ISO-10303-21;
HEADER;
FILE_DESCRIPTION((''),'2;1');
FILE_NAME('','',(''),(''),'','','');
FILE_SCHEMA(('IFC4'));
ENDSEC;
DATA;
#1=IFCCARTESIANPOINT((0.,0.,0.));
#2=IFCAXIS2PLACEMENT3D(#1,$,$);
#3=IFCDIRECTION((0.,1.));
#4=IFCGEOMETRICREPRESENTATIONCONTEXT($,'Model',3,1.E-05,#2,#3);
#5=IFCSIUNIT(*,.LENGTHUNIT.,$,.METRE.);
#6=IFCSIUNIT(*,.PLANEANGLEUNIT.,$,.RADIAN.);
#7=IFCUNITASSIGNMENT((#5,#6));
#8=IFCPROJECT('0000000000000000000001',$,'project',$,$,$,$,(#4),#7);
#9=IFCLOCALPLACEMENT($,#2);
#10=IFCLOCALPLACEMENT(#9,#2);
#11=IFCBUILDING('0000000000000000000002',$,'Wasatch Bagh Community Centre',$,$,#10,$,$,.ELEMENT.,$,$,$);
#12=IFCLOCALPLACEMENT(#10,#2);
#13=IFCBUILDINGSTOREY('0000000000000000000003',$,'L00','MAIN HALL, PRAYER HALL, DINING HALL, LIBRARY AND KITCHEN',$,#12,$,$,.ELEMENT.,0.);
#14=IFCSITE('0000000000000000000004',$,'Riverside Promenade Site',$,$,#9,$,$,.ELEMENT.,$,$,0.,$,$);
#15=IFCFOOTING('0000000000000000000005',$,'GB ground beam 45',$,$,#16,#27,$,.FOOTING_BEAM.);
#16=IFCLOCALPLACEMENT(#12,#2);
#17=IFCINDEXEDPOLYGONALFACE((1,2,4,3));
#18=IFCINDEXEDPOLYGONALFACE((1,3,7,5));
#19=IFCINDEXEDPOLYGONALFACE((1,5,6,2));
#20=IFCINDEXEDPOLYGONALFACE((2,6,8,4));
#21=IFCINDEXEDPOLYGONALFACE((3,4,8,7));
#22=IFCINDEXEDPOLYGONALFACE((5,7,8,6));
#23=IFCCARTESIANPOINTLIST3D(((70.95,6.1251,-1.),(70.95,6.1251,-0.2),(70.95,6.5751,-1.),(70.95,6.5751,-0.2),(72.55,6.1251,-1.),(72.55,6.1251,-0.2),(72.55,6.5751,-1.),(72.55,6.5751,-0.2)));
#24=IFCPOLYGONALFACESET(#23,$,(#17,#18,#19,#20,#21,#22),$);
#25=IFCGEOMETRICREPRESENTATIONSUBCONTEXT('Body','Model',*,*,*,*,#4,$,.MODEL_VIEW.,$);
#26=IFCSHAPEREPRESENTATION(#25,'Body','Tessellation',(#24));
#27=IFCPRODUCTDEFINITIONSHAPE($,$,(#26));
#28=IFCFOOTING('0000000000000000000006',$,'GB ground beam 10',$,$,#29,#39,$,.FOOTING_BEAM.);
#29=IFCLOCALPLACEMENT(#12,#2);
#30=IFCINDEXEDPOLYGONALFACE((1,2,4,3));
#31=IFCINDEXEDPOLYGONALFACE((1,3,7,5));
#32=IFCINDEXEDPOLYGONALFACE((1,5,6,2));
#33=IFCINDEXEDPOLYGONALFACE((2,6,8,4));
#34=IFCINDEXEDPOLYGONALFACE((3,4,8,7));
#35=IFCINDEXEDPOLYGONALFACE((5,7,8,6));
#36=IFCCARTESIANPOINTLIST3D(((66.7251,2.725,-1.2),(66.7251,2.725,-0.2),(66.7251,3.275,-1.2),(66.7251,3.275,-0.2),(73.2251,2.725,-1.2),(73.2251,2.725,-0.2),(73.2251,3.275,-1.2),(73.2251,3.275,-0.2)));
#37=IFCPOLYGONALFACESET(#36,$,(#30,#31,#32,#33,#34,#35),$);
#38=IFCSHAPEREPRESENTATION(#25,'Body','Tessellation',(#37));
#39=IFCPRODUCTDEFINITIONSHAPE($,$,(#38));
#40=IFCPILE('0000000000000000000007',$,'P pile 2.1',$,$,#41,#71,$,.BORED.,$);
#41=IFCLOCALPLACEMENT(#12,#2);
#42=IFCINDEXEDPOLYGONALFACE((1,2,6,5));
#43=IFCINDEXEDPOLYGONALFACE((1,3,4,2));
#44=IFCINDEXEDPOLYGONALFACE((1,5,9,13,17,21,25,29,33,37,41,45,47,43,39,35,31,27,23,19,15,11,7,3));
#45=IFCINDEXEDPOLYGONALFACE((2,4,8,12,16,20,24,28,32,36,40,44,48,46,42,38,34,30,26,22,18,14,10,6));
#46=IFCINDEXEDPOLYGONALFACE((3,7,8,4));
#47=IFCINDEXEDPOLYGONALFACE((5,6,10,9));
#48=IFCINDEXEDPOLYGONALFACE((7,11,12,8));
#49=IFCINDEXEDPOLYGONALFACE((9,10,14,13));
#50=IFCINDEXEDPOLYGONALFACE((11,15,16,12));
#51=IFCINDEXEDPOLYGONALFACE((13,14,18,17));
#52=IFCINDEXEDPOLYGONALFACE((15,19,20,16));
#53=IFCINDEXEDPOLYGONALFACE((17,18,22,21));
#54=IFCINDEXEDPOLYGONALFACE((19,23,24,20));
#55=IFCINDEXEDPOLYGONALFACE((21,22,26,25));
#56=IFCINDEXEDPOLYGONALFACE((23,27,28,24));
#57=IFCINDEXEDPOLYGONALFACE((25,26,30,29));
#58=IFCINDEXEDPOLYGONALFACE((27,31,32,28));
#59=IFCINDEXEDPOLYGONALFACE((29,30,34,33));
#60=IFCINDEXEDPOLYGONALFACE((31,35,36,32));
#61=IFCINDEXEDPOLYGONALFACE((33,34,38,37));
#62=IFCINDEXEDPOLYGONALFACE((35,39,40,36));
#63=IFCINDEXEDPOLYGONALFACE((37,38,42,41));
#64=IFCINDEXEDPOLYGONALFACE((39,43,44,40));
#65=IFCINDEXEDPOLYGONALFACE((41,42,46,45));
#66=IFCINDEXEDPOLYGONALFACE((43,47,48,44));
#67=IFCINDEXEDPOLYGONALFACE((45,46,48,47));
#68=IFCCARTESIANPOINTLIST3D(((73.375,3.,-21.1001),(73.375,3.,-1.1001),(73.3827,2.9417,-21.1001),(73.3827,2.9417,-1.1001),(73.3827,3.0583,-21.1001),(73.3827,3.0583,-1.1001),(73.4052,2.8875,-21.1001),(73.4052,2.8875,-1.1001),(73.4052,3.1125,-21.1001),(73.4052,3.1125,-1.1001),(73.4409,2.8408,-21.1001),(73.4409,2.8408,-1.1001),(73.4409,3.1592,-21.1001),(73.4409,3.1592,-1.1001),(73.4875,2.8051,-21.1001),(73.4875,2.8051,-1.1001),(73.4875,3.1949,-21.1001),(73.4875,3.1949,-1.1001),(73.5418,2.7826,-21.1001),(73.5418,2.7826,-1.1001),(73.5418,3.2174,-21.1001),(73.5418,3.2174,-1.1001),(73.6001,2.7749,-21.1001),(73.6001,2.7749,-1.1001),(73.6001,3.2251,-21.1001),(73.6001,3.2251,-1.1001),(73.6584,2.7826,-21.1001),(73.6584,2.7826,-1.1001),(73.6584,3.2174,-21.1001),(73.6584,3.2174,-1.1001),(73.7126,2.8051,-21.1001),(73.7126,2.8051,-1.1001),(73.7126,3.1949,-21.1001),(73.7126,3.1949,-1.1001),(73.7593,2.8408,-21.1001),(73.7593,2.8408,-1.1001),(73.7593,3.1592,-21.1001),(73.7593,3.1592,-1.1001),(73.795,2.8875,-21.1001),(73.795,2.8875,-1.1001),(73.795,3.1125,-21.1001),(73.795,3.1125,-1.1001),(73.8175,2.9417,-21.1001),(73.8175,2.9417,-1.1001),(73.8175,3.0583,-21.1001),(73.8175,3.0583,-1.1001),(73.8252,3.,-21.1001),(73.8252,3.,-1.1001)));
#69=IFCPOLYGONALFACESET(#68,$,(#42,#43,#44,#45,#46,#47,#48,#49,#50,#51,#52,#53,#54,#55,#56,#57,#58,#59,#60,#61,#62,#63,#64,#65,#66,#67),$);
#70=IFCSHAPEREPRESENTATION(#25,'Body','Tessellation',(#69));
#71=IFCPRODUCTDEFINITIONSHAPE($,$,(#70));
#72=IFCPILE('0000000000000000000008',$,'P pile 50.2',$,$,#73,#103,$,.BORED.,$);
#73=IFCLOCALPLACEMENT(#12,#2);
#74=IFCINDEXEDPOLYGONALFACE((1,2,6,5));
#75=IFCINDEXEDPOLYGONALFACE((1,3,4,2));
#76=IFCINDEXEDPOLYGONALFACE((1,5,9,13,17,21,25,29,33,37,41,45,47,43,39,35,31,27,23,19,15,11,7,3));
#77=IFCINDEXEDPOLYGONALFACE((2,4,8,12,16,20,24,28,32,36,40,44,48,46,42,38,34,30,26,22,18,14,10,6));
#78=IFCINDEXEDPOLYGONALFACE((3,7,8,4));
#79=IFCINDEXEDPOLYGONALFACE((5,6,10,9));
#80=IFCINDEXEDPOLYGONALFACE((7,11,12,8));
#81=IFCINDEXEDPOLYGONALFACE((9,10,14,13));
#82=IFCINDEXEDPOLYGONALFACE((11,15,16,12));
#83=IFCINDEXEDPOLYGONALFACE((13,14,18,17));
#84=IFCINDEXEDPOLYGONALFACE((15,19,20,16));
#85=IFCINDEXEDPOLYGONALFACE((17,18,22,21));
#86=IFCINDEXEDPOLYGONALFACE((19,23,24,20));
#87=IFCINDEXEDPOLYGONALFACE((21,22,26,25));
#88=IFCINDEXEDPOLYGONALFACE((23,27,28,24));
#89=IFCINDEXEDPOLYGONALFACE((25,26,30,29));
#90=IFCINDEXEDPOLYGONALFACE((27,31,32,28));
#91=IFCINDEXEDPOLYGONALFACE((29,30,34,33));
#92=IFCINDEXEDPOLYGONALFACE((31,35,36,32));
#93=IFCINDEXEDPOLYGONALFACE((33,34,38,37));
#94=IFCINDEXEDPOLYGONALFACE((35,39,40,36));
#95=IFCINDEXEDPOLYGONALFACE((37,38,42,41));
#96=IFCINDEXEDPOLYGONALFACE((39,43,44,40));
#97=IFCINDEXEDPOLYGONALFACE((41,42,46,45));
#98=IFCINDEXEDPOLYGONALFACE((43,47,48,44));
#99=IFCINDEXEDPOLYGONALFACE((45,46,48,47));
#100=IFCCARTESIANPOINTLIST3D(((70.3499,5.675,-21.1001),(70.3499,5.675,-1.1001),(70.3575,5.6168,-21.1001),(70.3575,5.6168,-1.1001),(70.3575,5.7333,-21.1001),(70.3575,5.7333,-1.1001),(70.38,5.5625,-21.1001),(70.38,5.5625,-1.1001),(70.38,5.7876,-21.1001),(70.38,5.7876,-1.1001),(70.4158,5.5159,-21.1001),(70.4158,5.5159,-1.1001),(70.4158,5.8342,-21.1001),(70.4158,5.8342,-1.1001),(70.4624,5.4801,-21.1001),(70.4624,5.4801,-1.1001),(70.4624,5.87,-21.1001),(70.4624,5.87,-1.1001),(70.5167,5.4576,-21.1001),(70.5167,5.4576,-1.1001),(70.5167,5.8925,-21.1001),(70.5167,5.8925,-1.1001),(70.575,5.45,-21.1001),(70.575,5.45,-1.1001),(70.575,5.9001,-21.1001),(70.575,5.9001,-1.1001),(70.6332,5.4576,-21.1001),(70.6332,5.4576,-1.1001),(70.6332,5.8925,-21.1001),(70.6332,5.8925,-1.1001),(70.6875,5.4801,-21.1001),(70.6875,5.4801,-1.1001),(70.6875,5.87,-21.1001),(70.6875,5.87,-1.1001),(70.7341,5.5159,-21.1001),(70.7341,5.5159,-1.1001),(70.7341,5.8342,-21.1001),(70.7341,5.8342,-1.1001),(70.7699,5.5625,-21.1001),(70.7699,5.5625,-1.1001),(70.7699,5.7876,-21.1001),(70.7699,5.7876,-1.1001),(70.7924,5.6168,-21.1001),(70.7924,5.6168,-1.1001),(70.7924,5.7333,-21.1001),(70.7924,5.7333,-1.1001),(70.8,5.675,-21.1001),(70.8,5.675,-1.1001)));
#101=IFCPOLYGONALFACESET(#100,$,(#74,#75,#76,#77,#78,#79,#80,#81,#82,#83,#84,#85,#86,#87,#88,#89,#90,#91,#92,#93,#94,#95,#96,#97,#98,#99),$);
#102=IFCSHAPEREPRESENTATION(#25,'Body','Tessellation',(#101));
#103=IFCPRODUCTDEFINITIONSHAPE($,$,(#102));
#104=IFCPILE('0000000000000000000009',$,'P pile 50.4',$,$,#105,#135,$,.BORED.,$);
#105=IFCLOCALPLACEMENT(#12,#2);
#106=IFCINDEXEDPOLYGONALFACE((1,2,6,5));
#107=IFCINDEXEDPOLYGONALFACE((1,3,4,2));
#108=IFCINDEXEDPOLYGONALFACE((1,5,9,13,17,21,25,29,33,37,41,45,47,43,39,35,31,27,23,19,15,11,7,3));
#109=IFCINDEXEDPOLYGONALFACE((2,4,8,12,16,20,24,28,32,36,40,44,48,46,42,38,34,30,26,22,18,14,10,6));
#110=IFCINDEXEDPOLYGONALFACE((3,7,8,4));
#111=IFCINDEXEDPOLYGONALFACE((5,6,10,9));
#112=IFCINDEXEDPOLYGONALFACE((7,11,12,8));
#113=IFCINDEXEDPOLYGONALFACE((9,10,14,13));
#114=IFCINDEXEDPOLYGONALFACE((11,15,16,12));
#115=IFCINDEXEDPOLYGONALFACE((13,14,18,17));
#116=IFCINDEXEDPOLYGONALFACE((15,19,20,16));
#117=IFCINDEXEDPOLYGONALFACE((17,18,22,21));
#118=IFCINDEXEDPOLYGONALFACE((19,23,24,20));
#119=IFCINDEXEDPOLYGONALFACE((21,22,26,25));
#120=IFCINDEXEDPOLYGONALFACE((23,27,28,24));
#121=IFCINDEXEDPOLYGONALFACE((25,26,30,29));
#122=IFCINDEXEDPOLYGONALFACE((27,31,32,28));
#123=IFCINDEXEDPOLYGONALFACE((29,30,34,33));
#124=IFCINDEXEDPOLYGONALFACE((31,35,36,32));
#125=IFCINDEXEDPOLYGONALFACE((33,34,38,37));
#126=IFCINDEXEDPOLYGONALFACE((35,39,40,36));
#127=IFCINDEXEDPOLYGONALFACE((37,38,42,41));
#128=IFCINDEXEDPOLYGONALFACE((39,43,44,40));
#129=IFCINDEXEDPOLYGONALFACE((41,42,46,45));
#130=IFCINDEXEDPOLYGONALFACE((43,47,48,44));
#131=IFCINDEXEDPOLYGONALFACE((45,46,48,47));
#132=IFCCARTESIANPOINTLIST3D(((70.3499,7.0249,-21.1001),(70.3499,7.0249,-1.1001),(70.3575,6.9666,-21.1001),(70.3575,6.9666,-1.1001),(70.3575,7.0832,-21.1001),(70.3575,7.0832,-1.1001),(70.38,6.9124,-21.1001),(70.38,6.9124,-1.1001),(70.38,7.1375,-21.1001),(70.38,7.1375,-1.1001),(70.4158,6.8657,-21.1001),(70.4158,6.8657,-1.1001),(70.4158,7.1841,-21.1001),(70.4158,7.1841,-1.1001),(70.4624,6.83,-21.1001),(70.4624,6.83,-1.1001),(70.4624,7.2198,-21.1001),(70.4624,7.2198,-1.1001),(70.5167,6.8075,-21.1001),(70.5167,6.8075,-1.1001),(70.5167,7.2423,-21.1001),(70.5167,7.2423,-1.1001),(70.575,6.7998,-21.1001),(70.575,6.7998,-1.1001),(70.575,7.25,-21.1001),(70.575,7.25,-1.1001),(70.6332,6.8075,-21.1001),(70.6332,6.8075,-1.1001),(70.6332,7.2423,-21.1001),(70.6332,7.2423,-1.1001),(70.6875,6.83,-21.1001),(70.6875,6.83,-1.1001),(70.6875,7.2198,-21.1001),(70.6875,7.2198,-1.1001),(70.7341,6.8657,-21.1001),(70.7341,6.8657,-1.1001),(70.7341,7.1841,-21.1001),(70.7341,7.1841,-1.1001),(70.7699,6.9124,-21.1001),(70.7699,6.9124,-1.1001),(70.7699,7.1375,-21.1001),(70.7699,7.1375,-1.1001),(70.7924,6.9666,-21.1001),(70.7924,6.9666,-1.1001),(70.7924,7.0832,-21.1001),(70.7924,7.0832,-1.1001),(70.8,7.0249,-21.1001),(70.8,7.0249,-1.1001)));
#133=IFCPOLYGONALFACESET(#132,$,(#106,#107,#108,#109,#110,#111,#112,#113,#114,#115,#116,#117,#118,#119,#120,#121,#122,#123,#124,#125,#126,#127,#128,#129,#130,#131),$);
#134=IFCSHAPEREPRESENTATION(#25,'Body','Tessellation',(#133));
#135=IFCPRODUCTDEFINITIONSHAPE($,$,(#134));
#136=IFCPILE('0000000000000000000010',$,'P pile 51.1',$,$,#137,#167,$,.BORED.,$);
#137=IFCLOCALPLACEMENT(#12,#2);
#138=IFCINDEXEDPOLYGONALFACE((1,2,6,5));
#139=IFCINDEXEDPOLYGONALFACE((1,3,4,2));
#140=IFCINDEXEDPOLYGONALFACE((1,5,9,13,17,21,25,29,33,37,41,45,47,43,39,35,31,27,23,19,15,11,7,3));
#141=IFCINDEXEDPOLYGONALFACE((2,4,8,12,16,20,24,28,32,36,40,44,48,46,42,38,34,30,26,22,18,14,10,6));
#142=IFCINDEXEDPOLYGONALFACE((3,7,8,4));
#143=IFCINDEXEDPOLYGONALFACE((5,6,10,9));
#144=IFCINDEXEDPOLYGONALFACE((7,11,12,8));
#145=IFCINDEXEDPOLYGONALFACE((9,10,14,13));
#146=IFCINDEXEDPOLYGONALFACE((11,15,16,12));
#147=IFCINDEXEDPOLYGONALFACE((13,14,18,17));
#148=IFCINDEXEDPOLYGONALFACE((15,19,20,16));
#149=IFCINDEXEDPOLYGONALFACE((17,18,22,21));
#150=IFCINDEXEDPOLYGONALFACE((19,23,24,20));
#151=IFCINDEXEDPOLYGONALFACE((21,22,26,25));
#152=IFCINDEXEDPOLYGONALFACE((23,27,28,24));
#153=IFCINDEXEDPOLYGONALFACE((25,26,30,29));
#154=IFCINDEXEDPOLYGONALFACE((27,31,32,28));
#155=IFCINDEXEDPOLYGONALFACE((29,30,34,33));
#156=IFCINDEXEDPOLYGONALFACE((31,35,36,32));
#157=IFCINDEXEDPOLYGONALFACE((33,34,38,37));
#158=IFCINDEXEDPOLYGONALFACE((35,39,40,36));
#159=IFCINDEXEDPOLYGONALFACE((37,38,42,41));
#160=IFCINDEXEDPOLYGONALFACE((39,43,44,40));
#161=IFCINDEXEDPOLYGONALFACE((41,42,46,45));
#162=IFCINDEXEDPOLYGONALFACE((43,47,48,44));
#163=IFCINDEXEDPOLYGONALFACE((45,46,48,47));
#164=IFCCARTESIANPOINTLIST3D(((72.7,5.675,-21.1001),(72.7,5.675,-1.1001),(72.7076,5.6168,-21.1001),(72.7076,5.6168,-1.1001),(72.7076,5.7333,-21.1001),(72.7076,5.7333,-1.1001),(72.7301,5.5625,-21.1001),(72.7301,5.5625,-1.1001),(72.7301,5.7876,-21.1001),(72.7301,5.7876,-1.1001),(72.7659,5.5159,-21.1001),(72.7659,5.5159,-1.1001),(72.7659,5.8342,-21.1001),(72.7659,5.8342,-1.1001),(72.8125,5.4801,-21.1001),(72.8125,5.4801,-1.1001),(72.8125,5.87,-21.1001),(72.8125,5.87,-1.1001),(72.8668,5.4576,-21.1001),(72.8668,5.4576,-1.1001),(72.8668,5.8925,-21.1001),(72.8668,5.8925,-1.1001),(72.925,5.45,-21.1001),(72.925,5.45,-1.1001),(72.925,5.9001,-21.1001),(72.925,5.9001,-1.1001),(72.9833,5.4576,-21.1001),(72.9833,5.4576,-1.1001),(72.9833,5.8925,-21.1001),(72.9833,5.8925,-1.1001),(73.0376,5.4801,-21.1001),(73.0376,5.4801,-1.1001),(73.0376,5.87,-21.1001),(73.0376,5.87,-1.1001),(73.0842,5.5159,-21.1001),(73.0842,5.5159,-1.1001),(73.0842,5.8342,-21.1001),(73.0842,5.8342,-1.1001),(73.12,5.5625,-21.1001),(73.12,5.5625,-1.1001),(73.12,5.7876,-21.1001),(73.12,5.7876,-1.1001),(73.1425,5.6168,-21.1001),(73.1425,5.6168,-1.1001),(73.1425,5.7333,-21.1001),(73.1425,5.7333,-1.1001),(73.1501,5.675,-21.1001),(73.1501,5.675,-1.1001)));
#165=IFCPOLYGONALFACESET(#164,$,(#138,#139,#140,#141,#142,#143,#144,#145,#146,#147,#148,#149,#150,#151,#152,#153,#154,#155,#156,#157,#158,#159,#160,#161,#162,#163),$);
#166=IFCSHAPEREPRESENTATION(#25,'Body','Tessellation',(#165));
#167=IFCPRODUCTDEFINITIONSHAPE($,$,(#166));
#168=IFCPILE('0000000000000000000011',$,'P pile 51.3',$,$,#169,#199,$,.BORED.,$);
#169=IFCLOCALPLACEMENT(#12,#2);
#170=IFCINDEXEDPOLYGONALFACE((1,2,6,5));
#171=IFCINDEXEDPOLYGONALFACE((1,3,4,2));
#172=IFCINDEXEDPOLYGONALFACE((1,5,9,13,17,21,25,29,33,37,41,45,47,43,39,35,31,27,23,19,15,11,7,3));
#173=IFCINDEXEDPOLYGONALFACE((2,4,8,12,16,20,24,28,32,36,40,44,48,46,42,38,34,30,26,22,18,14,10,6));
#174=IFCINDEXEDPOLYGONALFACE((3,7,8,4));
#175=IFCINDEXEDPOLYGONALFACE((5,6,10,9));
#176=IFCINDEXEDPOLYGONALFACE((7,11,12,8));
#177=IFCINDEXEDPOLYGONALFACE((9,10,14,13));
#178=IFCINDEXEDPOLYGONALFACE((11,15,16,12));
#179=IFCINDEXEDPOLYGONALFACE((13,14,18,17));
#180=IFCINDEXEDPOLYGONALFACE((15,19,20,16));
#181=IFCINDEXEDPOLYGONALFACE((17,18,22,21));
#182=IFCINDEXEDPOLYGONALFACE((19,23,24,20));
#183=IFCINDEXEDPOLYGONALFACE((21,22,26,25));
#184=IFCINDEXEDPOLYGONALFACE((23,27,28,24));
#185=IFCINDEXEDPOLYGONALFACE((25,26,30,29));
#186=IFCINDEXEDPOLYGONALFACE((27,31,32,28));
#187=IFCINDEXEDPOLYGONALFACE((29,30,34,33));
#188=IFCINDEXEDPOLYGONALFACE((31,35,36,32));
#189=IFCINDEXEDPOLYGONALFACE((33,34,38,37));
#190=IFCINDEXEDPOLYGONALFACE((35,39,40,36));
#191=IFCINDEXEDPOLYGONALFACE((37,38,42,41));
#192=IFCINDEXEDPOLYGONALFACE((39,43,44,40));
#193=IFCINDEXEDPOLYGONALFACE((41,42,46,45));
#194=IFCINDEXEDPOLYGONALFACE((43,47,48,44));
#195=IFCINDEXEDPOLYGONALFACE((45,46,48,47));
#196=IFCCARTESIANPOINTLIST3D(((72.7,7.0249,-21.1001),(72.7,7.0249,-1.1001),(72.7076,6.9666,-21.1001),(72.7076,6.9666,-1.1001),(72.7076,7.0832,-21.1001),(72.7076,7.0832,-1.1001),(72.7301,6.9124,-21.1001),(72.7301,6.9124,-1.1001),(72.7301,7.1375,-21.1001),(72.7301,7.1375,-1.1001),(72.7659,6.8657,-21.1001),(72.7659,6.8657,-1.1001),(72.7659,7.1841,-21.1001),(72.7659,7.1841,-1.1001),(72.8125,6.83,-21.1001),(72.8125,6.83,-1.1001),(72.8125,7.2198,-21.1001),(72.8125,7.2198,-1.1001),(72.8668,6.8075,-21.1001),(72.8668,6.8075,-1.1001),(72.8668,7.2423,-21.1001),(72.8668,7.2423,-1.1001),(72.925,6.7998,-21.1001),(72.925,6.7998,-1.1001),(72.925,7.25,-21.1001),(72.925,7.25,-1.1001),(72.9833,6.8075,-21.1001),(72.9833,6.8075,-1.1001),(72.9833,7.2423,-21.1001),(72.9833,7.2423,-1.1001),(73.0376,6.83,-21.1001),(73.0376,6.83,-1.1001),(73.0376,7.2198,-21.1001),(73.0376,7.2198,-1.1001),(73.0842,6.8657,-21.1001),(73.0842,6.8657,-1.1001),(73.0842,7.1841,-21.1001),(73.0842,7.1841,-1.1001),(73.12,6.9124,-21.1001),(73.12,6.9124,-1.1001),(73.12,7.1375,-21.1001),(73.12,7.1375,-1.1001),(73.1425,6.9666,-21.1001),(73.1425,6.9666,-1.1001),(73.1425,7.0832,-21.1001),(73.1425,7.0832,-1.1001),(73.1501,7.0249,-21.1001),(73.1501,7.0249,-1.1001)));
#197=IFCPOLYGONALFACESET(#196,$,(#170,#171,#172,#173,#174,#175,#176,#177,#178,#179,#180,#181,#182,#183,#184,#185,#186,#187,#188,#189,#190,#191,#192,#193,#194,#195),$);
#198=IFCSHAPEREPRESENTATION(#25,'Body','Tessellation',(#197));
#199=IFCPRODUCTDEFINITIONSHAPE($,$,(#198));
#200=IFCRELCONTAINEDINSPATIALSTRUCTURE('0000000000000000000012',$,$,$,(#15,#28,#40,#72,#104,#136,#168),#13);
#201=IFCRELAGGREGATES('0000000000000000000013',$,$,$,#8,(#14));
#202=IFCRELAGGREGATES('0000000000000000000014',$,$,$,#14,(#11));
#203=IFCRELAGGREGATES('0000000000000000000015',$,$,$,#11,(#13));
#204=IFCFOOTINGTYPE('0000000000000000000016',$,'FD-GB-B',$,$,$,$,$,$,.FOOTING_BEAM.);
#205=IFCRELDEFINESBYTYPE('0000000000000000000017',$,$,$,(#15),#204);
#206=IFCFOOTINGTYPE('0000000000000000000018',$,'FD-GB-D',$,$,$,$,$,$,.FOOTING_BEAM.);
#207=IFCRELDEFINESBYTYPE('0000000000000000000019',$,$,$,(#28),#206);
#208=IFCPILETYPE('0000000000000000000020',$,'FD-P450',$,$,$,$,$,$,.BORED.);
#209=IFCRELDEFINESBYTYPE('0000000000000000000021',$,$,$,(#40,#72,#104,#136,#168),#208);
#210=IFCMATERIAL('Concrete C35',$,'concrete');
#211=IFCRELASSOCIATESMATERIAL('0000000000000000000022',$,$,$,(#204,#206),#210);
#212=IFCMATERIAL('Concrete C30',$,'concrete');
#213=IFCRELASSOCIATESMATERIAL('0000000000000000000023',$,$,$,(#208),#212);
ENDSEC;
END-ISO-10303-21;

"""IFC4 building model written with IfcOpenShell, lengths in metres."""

from ifc_helpers import new_model, si_unit, direction, frame, origin, origin_2d, place, context, subcontext, project, spatial, rectangle, circle, extrude, material, material_profile, profile_set, type_object, element, save


model = new_model("IFC4")

# Units and contexts
model_context = context("Model", 3, precision=1e-05, world=origin(), true_north=direction((0.0, 1.0)))
body_context = subcontext(model_context, "Body", "Model", "MODEL_VIEW")
ifc_project = project(units=[si_unit("LENGTHUNIT", "METRE"), si_unit("PLANEANGLEUNIT", "RADIAN")], contexts=[model_context])

# Site, building, storey
site_placement = place(None, origin())
site = spatial("IfcSite", under=ifc_project, at=site_placement, Name="Riverside Promenade Site", CompositionType="ELEMENT", RefElevation=0.0)
building_placement = place(site_placement, origin())
building = spatial("IfcBuilding", under=site, at=building_placement, Name="Wasatch Bagh Community Centre", CompositionType="ELEMENT")
storey_placement = place(building_placement, origin())
storey = spatial("IfcBuildingStorey", under=building, at=storey_placement, Name="L00", Description="MAIN HALL, PRAYER HALL, DINING HALL, LIBRARY AND KITCHEN", CompositionType="ELEMENT", Elevation=0.0)

# Footings
ifc_material_1 = material(Name="Concrete C35", Category="concrete")
footing_type_1 = type_object("IfcFootingType", Name="FD-GB-B", PredefinedType="FOOTING_BEAM", material=ifc_material_1)
footing_1_placement = place(storey_placement, frame((71.75, 6.3501, -1.0), z_axis=(0.0, 0.0, 1.0), x_axis=(1.0, 0.0, 0.0)))
element("IfcFooting", 1, at=footing_1_placement, inside=storey, type_object=footing_type_1, Name="GB ground beam 45", PredefinedType="FOOTING_BEAM", context=body_context, shape_type="SweptSolid", body=[
    extrude(rectangle(XDim=1.6001, YDim=0.45, at=origin_2d()), origin(), (0.0, 0.0, 1.0), 0.8),
])
footing_type_2 = type_object("IfcFootingType", Name="FD-GB-D", PredefinedType="FOOTING_BEAM", material=ifc_material_1)
footing_2_placement = place(storey_placement, frame((69.9751, 3.0, -1.2), z_axis=(0.0, 0.0, 1.0), x_axis=(1.0, 0.0, 0.0)))
element("IfcFooting", 2, at=footing_2_placement, inside=storey, type_object=footing_type_2, Name="GB ground beam 10", PredefinedType="FOOTING_BEAM", context=body_context, shape_type="SweptSolid", body=[
    extrude(rectangle(XDim=6.5, YDim=0.55, at=origin_2d()), origin(), (0.0, 0.0, 1.0), 1.0),
])

# Piles
ifc_material_2 = material(Name="Concrete C30", Category="concrete")
ifc_material_profile_1 = material_profile(ifc_material_2, circle(Radius=0.2251, at=origin_2d()), Name="RC D450")
ifc_profile_set_1 = profile_set([ifc_material_profile_1], Name="Concrete C30")
pile_type = type_object("IfcPileType", Name="FD-P450", PredefinedType="BORED", material=ifc_profile_set_1)
for number, where, z_axis, x_axis, name in (
    (3, (73.6001, 3.0, -1.1001), (0.0, 0.0, -1.0), (1.0, 0.0, 0.0), "P pile 2.1"),
    (4, (70.575, 5.675, -1.1001), (0.0, 0.0, -1.0), (1.0, 0.0, 0.0), "P pile 50.2"),
    (5, (70.575, 7.0249, -1.1001), (0.0, 0.0, -1.0), (1.0, 0.0, 0.0), "P pile 50.4"),
    (6, (72.925, 5.675, -1.1001), (0.0, 0.0, -1.0), (1.0, 0.0, 0.0), "P pile 51.1"),
    (7, (72.925, 7.0249, -1.1001), (0.0, 0.0, -1.0), (1.0, 0.0, 0.0), "P pile 51.3"),
):
    element("IfcPile", number, at=place(storey_placement, frame(where, z_axis=z_axis, x_axis=x_axis)), inside=storey, type_object=pile_type, Name=name, PredefinedType="BORED", context=body_context, shape_type="SweptSolid", body=[
        extrude(circle(Radius=0.2251, at=origin_2d()), origin(), (0.0, 0.0, 1.0), 20.0),
    ])

save(model, "model.ifc")
